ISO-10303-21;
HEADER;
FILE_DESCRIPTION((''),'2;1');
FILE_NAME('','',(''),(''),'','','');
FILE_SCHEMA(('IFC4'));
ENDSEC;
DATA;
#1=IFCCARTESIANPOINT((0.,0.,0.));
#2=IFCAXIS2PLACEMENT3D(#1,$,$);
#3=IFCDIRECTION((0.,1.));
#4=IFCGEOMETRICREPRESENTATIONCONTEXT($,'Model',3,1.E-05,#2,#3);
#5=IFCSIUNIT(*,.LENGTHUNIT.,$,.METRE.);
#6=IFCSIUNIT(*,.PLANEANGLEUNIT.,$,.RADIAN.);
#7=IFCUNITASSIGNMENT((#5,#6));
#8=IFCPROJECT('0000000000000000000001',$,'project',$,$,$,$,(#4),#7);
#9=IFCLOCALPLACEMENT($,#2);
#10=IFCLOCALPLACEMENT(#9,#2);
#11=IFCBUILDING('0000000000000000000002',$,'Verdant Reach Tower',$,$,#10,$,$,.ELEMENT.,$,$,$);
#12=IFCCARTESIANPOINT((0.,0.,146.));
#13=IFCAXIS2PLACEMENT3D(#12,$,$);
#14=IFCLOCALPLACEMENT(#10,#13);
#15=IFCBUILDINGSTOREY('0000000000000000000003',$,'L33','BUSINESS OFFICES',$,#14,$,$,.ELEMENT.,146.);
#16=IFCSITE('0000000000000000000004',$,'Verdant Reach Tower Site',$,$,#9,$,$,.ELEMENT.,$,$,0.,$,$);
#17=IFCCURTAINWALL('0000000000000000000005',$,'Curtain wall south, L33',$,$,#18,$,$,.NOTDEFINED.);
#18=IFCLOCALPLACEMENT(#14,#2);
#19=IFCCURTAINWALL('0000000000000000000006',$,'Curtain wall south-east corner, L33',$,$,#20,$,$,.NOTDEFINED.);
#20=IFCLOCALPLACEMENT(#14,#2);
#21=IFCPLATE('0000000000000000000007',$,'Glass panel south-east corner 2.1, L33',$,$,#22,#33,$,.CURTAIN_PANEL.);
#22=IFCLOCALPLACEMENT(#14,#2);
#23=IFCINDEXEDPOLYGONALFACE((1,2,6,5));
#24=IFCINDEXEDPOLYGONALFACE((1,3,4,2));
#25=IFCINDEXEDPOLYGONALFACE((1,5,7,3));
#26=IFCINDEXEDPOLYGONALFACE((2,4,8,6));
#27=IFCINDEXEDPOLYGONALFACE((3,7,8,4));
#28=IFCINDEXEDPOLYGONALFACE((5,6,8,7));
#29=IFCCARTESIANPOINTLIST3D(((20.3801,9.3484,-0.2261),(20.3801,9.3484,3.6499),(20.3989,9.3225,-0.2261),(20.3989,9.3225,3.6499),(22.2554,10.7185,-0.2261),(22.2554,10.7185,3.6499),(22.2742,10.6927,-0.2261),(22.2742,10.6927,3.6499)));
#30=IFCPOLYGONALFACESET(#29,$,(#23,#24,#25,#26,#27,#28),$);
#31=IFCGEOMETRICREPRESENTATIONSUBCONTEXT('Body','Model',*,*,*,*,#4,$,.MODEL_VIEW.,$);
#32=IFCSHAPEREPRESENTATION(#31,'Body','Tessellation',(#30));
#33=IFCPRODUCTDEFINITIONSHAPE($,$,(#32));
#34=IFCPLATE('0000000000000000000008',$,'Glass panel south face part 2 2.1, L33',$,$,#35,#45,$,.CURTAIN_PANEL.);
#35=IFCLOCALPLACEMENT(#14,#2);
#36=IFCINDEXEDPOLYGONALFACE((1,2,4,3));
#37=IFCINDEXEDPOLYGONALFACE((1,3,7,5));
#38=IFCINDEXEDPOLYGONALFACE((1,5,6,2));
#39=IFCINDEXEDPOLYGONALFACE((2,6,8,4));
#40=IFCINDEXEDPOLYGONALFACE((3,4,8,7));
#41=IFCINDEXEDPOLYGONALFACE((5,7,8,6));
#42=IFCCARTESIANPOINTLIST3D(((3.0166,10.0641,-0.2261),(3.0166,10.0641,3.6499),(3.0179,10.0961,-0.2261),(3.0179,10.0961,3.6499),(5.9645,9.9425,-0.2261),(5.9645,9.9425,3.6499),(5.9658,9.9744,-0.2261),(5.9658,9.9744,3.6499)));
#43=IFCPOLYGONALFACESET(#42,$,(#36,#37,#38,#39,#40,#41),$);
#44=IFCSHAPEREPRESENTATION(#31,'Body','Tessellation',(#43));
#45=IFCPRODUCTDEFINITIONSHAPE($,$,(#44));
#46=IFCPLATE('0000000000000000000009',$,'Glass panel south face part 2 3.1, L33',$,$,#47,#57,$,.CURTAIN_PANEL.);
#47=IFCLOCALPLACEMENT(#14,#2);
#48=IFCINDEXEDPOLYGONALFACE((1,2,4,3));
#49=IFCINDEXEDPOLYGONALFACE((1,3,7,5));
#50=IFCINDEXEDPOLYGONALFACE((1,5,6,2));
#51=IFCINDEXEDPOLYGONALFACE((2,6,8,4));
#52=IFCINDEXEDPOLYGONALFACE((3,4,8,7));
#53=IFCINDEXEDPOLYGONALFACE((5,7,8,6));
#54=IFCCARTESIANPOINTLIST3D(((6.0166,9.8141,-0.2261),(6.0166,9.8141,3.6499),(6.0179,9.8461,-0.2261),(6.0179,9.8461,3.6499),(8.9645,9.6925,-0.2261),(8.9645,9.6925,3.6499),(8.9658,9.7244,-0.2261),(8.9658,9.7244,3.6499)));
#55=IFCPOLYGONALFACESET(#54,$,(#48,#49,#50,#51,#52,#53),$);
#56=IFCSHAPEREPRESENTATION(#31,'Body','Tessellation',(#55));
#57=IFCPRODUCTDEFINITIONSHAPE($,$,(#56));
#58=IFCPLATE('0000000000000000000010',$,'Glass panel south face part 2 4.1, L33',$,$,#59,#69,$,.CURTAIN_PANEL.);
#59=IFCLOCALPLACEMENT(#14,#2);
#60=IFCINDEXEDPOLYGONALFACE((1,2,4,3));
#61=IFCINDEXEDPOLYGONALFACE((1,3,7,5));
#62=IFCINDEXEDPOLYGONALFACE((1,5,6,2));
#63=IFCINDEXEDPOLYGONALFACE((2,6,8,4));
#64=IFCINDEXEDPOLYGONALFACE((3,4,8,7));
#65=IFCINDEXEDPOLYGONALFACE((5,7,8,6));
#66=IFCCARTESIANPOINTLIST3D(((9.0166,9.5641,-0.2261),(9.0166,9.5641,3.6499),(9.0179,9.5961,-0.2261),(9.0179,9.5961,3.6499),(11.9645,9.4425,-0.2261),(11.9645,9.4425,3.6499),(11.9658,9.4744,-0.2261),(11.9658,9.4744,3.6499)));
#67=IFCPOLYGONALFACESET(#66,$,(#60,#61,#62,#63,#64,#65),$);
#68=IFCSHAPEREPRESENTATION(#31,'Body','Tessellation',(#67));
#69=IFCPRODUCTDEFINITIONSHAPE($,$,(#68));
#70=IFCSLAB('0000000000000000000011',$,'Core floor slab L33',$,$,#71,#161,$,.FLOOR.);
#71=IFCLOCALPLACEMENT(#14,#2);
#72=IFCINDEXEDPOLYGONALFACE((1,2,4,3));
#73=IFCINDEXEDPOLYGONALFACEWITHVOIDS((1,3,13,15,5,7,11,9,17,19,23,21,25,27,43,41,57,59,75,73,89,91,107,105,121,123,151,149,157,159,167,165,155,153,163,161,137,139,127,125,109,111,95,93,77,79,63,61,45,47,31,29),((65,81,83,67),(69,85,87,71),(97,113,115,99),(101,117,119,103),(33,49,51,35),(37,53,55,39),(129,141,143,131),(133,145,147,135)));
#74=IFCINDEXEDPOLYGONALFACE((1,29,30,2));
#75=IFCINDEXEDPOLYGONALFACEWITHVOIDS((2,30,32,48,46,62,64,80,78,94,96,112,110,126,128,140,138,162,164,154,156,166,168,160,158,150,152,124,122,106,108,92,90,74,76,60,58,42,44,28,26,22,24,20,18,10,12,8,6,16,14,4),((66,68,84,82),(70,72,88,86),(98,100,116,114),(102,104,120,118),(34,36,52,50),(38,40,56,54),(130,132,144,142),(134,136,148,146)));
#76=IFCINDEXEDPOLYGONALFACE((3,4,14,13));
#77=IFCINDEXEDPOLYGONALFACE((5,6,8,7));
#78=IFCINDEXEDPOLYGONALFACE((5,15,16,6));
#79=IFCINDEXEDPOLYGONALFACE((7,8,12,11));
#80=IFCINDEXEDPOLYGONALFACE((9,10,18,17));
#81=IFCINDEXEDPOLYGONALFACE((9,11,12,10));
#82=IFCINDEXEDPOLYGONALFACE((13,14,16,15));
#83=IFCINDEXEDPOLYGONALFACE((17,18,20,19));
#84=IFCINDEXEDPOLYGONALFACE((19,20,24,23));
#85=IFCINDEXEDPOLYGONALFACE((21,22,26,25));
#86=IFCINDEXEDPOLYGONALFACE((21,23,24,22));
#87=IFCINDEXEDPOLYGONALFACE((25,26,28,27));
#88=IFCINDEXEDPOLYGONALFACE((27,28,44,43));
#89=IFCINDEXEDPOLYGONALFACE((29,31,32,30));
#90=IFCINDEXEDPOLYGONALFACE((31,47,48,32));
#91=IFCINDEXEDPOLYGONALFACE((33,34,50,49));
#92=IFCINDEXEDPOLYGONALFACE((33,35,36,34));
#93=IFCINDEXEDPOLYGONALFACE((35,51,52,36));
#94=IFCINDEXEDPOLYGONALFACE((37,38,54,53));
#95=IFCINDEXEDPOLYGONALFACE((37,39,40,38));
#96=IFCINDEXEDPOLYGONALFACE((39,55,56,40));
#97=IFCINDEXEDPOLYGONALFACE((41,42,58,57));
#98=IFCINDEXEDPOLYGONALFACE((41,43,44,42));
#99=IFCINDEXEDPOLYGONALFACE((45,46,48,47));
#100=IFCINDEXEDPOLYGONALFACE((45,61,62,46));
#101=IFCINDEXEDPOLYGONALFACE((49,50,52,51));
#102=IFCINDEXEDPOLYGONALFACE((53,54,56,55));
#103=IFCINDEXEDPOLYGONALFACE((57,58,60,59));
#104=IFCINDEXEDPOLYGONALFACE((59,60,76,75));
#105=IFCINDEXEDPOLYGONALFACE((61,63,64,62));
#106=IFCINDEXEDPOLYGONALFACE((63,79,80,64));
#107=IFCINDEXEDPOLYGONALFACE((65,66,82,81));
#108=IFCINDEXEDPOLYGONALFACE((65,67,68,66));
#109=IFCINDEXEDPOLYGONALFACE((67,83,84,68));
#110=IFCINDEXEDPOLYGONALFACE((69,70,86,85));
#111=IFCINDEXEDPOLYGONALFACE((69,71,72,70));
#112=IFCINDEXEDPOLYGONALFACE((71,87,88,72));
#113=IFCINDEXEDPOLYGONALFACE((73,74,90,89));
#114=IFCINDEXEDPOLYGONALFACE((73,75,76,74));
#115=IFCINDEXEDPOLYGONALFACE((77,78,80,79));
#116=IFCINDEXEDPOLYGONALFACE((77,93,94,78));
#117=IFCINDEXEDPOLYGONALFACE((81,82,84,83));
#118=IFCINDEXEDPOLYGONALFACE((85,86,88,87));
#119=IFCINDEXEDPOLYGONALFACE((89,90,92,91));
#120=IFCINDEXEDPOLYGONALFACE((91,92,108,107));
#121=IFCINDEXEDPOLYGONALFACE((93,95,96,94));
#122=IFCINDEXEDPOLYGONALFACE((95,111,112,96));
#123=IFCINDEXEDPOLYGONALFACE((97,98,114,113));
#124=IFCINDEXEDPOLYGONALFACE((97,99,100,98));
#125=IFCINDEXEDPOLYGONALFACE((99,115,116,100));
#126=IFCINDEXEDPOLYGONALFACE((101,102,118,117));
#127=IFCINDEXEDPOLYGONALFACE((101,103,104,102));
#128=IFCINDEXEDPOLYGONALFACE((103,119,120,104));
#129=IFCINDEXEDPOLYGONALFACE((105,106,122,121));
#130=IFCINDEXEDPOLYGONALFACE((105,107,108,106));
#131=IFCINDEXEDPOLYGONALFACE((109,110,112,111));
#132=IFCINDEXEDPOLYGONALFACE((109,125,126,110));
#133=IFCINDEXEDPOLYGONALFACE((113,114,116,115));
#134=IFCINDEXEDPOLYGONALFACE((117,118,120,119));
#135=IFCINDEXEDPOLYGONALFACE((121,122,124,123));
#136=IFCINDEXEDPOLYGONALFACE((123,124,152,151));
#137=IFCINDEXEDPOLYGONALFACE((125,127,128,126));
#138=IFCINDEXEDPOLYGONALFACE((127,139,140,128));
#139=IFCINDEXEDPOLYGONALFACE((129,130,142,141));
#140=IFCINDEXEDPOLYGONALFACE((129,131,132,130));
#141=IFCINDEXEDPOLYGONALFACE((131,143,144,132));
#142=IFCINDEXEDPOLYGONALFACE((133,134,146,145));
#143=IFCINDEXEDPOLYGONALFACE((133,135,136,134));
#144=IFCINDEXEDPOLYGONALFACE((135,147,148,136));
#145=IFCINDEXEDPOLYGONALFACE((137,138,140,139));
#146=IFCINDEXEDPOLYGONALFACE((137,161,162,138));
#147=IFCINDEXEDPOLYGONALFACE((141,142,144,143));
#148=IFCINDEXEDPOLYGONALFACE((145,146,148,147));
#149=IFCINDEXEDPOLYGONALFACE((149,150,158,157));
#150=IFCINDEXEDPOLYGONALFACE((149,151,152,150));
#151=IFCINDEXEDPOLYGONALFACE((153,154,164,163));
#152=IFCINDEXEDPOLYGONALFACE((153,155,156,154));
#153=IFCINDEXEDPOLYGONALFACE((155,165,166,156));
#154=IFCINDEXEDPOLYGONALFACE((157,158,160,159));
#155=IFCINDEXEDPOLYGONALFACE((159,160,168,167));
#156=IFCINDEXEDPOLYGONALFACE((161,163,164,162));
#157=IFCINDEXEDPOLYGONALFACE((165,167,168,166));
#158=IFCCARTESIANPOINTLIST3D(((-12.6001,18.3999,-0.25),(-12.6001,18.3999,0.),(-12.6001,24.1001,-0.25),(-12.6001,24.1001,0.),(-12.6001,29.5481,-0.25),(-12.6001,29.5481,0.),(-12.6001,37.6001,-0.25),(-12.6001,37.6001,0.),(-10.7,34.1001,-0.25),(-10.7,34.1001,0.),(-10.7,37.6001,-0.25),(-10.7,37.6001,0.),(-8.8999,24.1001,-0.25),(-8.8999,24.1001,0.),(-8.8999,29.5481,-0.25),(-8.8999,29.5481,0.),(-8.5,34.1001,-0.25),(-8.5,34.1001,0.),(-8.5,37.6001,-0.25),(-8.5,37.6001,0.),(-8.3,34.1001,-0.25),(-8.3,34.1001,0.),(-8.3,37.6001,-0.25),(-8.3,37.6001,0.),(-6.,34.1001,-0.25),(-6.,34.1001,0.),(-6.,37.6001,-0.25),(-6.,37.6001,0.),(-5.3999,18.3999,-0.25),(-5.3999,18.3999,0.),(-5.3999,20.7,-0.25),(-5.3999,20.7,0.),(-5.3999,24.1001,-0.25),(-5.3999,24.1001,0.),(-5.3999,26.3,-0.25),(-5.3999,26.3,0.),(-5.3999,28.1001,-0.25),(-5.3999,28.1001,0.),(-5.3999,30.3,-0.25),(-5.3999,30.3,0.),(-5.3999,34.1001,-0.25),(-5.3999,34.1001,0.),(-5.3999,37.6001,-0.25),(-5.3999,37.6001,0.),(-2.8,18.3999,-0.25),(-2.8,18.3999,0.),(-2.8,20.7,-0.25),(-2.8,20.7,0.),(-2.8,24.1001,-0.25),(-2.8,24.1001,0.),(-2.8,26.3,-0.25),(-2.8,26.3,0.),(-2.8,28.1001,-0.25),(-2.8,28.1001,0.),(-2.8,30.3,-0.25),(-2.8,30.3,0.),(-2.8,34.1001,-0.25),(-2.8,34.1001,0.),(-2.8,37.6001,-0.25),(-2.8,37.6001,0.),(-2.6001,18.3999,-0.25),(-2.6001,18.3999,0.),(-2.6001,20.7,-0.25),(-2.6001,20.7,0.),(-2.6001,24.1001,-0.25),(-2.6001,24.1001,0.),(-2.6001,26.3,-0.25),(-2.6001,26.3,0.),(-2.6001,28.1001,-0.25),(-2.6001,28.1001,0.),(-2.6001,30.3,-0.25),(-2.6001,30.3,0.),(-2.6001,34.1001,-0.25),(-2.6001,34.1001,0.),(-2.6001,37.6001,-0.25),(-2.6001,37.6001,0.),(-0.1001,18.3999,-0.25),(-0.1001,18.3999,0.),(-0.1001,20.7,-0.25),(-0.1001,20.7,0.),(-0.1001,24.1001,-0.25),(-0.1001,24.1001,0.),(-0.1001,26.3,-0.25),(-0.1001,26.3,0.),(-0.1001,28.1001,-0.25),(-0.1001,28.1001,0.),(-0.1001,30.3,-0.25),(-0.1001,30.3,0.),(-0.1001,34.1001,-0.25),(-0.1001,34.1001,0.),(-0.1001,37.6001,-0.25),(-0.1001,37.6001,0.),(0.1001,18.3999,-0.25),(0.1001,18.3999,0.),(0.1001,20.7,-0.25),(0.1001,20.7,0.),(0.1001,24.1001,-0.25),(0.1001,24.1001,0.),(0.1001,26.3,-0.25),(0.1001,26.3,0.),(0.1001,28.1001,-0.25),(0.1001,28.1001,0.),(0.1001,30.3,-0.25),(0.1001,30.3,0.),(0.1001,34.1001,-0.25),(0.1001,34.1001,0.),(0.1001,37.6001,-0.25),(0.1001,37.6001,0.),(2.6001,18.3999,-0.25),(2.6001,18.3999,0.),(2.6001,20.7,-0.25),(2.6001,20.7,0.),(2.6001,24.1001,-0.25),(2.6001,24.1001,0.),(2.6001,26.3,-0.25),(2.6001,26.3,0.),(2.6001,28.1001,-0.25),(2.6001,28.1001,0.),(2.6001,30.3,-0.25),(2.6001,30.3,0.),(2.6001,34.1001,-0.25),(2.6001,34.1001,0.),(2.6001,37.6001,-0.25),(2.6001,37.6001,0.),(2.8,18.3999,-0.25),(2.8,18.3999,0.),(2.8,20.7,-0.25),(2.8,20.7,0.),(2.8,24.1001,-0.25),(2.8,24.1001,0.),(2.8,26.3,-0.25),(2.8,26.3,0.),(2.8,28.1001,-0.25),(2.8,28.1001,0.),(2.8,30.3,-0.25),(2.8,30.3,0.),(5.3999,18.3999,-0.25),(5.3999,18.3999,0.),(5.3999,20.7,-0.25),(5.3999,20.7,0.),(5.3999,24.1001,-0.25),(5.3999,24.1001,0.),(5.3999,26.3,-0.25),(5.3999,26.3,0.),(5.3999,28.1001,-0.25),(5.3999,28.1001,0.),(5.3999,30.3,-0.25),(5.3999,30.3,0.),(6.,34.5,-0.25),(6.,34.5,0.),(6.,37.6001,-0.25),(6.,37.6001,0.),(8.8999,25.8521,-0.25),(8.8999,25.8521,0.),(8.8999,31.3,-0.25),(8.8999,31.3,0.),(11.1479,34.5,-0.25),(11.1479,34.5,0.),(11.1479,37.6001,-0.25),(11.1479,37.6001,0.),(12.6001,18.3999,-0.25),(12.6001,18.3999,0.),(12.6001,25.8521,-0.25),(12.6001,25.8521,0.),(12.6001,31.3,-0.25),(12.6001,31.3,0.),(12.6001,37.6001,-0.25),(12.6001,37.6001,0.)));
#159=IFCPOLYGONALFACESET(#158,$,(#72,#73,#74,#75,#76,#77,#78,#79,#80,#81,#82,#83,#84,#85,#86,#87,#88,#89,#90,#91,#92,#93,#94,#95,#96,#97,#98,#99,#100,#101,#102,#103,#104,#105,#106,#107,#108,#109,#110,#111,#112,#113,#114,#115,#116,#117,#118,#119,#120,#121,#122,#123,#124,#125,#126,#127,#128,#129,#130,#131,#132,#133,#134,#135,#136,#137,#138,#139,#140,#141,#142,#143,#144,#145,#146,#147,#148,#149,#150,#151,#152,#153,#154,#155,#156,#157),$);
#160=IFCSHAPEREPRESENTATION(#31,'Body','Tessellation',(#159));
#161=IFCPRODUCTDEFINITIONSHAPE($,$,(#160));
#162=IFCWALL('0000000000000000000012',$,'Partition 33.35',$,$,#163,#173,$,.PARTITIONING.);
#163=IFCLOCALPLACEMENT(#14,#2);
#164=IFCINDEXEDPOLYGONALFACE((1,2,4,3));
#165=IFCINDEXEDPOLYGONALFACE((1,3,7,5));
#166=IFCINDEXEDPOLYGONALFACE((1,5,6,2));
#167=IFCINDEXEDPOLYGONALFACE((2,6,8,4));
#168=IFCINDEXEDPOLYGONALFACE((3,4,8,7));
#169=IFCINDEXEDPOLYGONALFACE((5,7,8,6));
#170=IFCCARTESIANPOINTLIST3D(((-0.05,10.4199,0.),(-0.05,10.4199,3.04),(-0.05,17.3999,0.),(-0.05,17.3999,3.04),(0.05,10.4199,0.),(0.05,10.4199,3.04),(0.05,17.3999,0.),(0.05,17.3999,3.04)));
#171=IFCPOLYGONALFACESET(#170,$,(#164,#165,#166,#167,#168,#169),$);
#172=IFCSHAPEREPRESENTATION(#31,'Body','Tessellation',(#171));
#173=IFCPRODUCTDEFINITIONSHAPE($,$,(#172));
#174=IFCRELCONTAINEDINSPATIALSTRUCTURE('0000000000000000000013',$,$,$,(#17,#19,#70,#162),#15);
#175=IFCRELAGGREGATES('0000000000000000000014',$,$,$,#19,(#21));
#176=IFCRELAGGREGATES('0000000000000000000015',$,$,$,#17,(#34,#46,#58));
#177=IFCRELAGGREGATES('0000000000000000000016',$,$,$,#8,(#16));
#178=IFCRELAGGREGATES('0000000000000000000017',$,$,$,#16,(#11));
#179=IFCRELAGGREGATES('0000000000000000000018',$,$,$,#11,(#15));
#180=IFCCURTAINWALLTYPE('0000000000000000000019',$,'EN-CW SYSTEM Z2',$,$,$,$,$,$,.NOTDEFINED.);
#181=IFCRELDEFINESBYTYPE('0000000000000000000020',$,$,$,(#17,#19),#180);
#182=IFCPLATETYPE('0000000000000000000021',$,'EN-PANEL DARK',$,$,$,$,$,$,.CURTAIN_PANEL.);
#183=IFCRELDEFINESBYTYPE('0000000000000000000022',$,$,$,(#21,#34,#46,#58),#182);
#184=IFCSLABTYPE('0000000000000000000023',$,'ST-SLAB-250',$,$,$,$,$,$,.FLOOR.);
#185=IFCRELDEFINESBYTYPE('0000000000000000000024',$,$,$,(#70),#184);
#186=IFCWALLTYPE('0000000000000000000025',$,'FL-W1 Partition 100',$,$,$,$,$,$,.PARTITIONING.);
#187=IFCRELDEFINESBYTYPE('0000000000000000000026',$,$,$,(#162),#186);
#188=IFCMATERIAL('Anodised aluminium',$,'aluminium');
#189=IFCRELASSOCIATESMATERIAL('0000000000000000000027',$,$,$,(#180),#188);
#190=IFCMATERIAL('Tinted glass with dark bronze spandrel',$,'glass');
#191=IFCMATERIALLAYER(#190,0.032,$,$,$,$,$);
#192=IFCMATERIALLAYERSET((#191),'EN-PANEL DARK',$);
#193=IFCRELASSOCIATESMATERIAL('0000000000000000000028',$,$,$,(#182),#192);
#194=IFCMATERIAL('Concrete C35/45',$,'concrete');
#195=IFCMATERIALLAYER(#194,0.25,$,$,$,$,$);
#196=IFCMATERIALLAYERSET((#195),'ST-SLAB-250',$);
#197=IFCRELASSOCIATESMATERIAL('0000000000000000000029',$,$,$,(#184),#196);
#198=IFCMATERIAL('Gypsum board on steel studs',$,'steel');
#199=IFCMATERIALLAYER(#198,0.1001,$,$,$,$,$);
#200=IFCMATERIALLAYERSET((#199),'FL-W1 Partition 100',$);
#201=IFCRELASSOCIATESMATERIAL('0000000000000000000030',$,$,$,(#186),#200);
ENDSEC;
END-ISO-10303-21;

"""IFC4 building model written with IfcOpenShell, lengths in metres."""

from ifc_helpers import new_model, si_unit, direction, frame, frame_2d, origin, origin_2d, place, context, subcontext, project, spatial, polyline, rectangle, outline, extrude, material, layer, layer_set, type_object, element, aggregate, save


model = new_model("IFC4")

# Units and contexts
model_context = context("Model", 3, precision=1e-05, world=origin(), true_north=direction((0.0, 1.0)))
body_context = subcontext(model_context, "Body", "Model", "MODEL_VIEW")
ifc_project = project(units=[si_unit("LENGTHUNIT", "METRE"), si_unit("PLANEANGLEUNIT", "RADIAN")], contexts=[model_context])

# Site, building, storey
site_placement = place(None, origin())
site = spatial("IfcSite", under=ifc_project, at=site_placement, Name="Verdant Reach Tower Site", CompositionType="ELEMENT", RefElevation=0.0)
building_placement = place(site_placement, origin())
building = spatial("IfcBuilding", under=site, at=building_placement, Name="Verdant Reach Tower", CompositionType="ELEMENT")
storey_placement = place(building_placement, frame((0.0, 0.0, 146.0)))
storey = spatial("IfcBuildingStorey", under=building, at=storey_placement, Name="L33", Description="BUSINESS OFFICES", CompositionType="ELEMENT", Elevation=146.0)

# Curtain wall
ifc_material_1 = material(Name="Anodised aluminium", Category="aluminium")
curtain_wall_type = type_object("IfcCurtainWallType", Name="EN-CW SYSTEM Z2", PredefinedType="NOTDEFINED", material=ifc_material_1)
curtain_wall_1_placement = place(storey_placement, origin())
curtain_wall_1 = element("IfcCurtainWall", 1, at=curtain_wall_1_placement, inside=storey, type_object=curtain_wall_type, Name="Curtain wall south, L33", PredefinedType="NOTDEFINED")

# Curtain wall
curtain_wall_2_placement = place(storey_placement, origin())
curtain_wall_2 = element("IfcCurtainWall", 2, at=curtain_wall_2_placement, inside=storey, type_object=curtain_wall_type, Name="Curtain wall south-east corner, L33", PredefinedType="NOTDEFINED")

# Plates
ifc_material_2 = material(Name="Tinted glass with dark bronze spandrel", Category="glass")
ifc_layer_1 = layer(ifc_material_2, 0.032)
ifc_layer_set_1 = layer_set([ifc_layer_1], Name="EN-PANEL DARK")
plate_type_1 = type_object("IfcPlateType", Name="EN-PANEL DARK", PredefinedType="CURTAIN_PANEL", material=ifc_layer_set_1)
plate_1_placement = place(storey_placement, frame((21.3271, 10.0205, -0.2261), z_axis=(0.0, 0.0, 1.0), x_axis=(0.807457, 0.589927, 0.0)))
plate_1 = element("IfcPlate", 3, at=plate_1_placement, type_object=plate_type_1, Name="Glass panel south-east corner 2.1, L33", PredefinedType="CURTAIN_PANEL", context=body_context, shape_type="SweptSolid", body=[
    extrude(rectangle(XDim=2.3225, YDim=0.032, at=origin_2d()), origin(), (0.0, 0.0, 1.0), 3.876),
])
aggregate(curtain_wall_2, [plate_1])
plate_2_placement = place(storey_placement, frame((4.4912, 10.0193, -0.2261), z_axis=(0.0, 0.0, 1.0), x_axis=(0.999149, -0.041242, 0.0)))
plate_2 = element("IfcPlate", 4, at=plate_2_placement, type_object=plate_type_1, Name="Glass panel south face part 2 2.1, L33", PredefinedType="CURTAIN_PANEL", context=body_context, shape_type="SweptSolid", body=[
    extrude(rectangle(XDim=2.9504, YDim=0.032, at=origin_2d()), origin(), (0.0, 0.0, 1.0), 3.876),
])
plate_3_placement = place(storey_placement, frame((7.4912, 9.7693, -0.2261), z_axis=(0.0, 0.0, 1.0), x_axis=(0.999149, -0.041242, 0.0)))
plate_3 = element("IfcPlate", 5, at=plate_3_placement, type_object=plate_type_1, Name="Glass panel south face part 2 3.1, L33", PredefinedType="CURTAIN_PANEL", context=body_context, shape_type="SweptSolid", body=[
    extrude(rectangle(XDim=2.9504, YDim=0.032, at=origin_2d()), origin(), (0.0, 0.0, 1.0), 3.876),
])
plate_4_placement = place(storey_placement, frame((10.4912, 9.5193, -0.2261), z_axis=(0.0, 0.0, 1.0), x_axis=(0.999149, -0.041242, 0.0)))
plate_4 = element("IfcPlate", 6, at=plate_4_placement, type_object=plate_type_1, Name="Glass panel south face part 2 4.1, L33", PredefinedType="CURTAIN_PANEL", context=body_context, shape_type="SweptSolid", body=[
    extrude(rectangle(XDim=2.9504, YDim=0.032, at=origin_2d()), origin(), (0.0, 0.0, 1.0), 3.876),
])
aggregate(curtain_wall_1, [plate_2, plate_3, plate_4])

# Slab
ifc_material_3 = material(Name="Concrete C35/45", Category="concrete")
ifc_layer_2 = layer(ifc_material_3, 0.25)
ifc_layer_set_2 = layer_set([ifc_layer_2], Name="ST-SLAB-250")
slab_type_1 = type_object("IfcSlabType", Name="ST-SLAB-250", PredefinedType="FLOOR", material=ifc_layer_set_2)
slab_1_placement = place(storey_placement, frame((0.0, 0.0, -0.25)))
element("IfcSlab", 7, at=slab_1_placement, inside=storey, type_object=slab_type_1, Name="Core floor slab L33", PredefinedType="FLOOR", context=body_context, shape_type="SweptSolid", body=[
    extrude(outline(polyline([(12.6001, 18.3999), (5.3999, 18.3999), (5.3999, 20.7), (2.8, 20.7), (2.8, 18.3999), (2.6001, 18.3999), (2.6001, 20.7), (0.1001, 20.7), (0.1001, 18.3999), (-0.1001, 18.3999), (-0.1001, 20.7), (-2.6001, 20.7), (-2.6001, 18.3999), (-2.8, 18.3999), (-2.8, 20.7), (-5.3999, 20.7), (-5.3999, 18.3999), (-12.6001, 18.3999), (-12.6001, 24.1001), (-8.8999, 24.1001), (-8.8999, 29.5481), (-12.6001, 29.5481), (-12.6001, 37.6001), (-10.7, 37.6001), (-10.7, 34.1001), (-8.5, 34.1001), (-8.5, 37.6001), (-8.3, 37.6001), (-8.3, 34.1001), (-6.0, 34.1001), (-6.0, 37.6001), (-5.3999, 37.6001), (-5.3999, 34.1001), (-2.8, 34.1001), (-2.8, 37.6001), (-2.6001, 37.6001), (-2.6001, 34.1001), (-0.1001, 34.1001), (-0.1001, 37.6001), (0.1001, 37.6001), (0.1001, 34.1001), (2.6001, 34.1001), (2.6001, 37.6001), (6.0, 37.6001), (6.0, 34.5), (11.1479, 34.5), (11.1479, 37.6001), (12.6001, 37.6001), (12.6001, 31.3), (8.8999, 31.3), (8.8999, 25.8521), (12.6001, 25.8521), (12.6001, 18.3999)]), holes=[polyline([(-2.8, 24.1001), (-2.8, 26.3), (-5.3999, 26.3), (-5.3999, 24.1001), (-2.8, 24.1001)]), polyline([(-2.6001, 24.1001), (-0.1001, 24.1001), (-0.1001, 26.3), (-2.6001, 26.3), (-2.6001, 24.1001)]), polyline([(-2.8, 28.1001), (-2.8, 30.3), (-5.3999, 30.3), (-5.3999, 28.1001), (-2.8, 28.1001)]), polyline([(-0.1001, 28.1001), (-0.1001, 30.3), (-2.6001, 30.3), (-2.6001, 28.1001), (-0.1001, 28.1001)]), polyline([(2.6001, 24.1001), (2.6001, 26.3), (0.1001, 26.3), (0.1001, 24.1001), (2.6001, 24.1001)]), polyline([(2.8, 24.1001), (5.3999, 24.1001), (5.3999, 26.3), (2.8, 26.3), (2.8, 24.1001)]), polyline([(2.6001, 28.1001), (2.6001, 30.3), (0.1001, 30.3), (0.1001, 28.1001), (2.6001, 28.1001)]), polyline([(5.3999, 28.1001), (5.3999, 30.3), (2.8, 30.3), (2.8, 28.1001), (5.3999, 28.1001)])]), origin(), (0.0, 0.0, 1.0), 0.25),
])

# Wall
ifc_material_4 = material(Name="Gypsum board on steel studs", Category="steel")
ifc_layer_3 = layer(ifc_material_4, 0.1001)
ifc_layer_set_3 = layer_set([ifc_layer_3], Name="FL-W1 Partition 100")
wall_type_1 = type_object("IfcWallType", Name="FL-W1 Partition 100", PredefinedType="PARTITIONING", material=ifc_layer_set_3)
wall_1_placement = place(storey_placement, frame((0.0, 10.4199, 0.0), z_axis=(0.0, 0.0, 1.0), x_axis=(0.0, 1.0, 0.0)))
element("IfcWall", 8, at=wall_1_placement, inside=storey, type_object=wall_type_1, Name="Partition 33.35", PredefinedType="PARTITIONING", context=body_context, shape_type="SweptSolid", body=[
    extrude(rectangle(XDim=6.98, YDim=0.1001, at=frame_2d((3.49, 0.0))), origin(), (0.0, 0.0, 1.0), 3.04),
])

save(model, "model.ifc")
